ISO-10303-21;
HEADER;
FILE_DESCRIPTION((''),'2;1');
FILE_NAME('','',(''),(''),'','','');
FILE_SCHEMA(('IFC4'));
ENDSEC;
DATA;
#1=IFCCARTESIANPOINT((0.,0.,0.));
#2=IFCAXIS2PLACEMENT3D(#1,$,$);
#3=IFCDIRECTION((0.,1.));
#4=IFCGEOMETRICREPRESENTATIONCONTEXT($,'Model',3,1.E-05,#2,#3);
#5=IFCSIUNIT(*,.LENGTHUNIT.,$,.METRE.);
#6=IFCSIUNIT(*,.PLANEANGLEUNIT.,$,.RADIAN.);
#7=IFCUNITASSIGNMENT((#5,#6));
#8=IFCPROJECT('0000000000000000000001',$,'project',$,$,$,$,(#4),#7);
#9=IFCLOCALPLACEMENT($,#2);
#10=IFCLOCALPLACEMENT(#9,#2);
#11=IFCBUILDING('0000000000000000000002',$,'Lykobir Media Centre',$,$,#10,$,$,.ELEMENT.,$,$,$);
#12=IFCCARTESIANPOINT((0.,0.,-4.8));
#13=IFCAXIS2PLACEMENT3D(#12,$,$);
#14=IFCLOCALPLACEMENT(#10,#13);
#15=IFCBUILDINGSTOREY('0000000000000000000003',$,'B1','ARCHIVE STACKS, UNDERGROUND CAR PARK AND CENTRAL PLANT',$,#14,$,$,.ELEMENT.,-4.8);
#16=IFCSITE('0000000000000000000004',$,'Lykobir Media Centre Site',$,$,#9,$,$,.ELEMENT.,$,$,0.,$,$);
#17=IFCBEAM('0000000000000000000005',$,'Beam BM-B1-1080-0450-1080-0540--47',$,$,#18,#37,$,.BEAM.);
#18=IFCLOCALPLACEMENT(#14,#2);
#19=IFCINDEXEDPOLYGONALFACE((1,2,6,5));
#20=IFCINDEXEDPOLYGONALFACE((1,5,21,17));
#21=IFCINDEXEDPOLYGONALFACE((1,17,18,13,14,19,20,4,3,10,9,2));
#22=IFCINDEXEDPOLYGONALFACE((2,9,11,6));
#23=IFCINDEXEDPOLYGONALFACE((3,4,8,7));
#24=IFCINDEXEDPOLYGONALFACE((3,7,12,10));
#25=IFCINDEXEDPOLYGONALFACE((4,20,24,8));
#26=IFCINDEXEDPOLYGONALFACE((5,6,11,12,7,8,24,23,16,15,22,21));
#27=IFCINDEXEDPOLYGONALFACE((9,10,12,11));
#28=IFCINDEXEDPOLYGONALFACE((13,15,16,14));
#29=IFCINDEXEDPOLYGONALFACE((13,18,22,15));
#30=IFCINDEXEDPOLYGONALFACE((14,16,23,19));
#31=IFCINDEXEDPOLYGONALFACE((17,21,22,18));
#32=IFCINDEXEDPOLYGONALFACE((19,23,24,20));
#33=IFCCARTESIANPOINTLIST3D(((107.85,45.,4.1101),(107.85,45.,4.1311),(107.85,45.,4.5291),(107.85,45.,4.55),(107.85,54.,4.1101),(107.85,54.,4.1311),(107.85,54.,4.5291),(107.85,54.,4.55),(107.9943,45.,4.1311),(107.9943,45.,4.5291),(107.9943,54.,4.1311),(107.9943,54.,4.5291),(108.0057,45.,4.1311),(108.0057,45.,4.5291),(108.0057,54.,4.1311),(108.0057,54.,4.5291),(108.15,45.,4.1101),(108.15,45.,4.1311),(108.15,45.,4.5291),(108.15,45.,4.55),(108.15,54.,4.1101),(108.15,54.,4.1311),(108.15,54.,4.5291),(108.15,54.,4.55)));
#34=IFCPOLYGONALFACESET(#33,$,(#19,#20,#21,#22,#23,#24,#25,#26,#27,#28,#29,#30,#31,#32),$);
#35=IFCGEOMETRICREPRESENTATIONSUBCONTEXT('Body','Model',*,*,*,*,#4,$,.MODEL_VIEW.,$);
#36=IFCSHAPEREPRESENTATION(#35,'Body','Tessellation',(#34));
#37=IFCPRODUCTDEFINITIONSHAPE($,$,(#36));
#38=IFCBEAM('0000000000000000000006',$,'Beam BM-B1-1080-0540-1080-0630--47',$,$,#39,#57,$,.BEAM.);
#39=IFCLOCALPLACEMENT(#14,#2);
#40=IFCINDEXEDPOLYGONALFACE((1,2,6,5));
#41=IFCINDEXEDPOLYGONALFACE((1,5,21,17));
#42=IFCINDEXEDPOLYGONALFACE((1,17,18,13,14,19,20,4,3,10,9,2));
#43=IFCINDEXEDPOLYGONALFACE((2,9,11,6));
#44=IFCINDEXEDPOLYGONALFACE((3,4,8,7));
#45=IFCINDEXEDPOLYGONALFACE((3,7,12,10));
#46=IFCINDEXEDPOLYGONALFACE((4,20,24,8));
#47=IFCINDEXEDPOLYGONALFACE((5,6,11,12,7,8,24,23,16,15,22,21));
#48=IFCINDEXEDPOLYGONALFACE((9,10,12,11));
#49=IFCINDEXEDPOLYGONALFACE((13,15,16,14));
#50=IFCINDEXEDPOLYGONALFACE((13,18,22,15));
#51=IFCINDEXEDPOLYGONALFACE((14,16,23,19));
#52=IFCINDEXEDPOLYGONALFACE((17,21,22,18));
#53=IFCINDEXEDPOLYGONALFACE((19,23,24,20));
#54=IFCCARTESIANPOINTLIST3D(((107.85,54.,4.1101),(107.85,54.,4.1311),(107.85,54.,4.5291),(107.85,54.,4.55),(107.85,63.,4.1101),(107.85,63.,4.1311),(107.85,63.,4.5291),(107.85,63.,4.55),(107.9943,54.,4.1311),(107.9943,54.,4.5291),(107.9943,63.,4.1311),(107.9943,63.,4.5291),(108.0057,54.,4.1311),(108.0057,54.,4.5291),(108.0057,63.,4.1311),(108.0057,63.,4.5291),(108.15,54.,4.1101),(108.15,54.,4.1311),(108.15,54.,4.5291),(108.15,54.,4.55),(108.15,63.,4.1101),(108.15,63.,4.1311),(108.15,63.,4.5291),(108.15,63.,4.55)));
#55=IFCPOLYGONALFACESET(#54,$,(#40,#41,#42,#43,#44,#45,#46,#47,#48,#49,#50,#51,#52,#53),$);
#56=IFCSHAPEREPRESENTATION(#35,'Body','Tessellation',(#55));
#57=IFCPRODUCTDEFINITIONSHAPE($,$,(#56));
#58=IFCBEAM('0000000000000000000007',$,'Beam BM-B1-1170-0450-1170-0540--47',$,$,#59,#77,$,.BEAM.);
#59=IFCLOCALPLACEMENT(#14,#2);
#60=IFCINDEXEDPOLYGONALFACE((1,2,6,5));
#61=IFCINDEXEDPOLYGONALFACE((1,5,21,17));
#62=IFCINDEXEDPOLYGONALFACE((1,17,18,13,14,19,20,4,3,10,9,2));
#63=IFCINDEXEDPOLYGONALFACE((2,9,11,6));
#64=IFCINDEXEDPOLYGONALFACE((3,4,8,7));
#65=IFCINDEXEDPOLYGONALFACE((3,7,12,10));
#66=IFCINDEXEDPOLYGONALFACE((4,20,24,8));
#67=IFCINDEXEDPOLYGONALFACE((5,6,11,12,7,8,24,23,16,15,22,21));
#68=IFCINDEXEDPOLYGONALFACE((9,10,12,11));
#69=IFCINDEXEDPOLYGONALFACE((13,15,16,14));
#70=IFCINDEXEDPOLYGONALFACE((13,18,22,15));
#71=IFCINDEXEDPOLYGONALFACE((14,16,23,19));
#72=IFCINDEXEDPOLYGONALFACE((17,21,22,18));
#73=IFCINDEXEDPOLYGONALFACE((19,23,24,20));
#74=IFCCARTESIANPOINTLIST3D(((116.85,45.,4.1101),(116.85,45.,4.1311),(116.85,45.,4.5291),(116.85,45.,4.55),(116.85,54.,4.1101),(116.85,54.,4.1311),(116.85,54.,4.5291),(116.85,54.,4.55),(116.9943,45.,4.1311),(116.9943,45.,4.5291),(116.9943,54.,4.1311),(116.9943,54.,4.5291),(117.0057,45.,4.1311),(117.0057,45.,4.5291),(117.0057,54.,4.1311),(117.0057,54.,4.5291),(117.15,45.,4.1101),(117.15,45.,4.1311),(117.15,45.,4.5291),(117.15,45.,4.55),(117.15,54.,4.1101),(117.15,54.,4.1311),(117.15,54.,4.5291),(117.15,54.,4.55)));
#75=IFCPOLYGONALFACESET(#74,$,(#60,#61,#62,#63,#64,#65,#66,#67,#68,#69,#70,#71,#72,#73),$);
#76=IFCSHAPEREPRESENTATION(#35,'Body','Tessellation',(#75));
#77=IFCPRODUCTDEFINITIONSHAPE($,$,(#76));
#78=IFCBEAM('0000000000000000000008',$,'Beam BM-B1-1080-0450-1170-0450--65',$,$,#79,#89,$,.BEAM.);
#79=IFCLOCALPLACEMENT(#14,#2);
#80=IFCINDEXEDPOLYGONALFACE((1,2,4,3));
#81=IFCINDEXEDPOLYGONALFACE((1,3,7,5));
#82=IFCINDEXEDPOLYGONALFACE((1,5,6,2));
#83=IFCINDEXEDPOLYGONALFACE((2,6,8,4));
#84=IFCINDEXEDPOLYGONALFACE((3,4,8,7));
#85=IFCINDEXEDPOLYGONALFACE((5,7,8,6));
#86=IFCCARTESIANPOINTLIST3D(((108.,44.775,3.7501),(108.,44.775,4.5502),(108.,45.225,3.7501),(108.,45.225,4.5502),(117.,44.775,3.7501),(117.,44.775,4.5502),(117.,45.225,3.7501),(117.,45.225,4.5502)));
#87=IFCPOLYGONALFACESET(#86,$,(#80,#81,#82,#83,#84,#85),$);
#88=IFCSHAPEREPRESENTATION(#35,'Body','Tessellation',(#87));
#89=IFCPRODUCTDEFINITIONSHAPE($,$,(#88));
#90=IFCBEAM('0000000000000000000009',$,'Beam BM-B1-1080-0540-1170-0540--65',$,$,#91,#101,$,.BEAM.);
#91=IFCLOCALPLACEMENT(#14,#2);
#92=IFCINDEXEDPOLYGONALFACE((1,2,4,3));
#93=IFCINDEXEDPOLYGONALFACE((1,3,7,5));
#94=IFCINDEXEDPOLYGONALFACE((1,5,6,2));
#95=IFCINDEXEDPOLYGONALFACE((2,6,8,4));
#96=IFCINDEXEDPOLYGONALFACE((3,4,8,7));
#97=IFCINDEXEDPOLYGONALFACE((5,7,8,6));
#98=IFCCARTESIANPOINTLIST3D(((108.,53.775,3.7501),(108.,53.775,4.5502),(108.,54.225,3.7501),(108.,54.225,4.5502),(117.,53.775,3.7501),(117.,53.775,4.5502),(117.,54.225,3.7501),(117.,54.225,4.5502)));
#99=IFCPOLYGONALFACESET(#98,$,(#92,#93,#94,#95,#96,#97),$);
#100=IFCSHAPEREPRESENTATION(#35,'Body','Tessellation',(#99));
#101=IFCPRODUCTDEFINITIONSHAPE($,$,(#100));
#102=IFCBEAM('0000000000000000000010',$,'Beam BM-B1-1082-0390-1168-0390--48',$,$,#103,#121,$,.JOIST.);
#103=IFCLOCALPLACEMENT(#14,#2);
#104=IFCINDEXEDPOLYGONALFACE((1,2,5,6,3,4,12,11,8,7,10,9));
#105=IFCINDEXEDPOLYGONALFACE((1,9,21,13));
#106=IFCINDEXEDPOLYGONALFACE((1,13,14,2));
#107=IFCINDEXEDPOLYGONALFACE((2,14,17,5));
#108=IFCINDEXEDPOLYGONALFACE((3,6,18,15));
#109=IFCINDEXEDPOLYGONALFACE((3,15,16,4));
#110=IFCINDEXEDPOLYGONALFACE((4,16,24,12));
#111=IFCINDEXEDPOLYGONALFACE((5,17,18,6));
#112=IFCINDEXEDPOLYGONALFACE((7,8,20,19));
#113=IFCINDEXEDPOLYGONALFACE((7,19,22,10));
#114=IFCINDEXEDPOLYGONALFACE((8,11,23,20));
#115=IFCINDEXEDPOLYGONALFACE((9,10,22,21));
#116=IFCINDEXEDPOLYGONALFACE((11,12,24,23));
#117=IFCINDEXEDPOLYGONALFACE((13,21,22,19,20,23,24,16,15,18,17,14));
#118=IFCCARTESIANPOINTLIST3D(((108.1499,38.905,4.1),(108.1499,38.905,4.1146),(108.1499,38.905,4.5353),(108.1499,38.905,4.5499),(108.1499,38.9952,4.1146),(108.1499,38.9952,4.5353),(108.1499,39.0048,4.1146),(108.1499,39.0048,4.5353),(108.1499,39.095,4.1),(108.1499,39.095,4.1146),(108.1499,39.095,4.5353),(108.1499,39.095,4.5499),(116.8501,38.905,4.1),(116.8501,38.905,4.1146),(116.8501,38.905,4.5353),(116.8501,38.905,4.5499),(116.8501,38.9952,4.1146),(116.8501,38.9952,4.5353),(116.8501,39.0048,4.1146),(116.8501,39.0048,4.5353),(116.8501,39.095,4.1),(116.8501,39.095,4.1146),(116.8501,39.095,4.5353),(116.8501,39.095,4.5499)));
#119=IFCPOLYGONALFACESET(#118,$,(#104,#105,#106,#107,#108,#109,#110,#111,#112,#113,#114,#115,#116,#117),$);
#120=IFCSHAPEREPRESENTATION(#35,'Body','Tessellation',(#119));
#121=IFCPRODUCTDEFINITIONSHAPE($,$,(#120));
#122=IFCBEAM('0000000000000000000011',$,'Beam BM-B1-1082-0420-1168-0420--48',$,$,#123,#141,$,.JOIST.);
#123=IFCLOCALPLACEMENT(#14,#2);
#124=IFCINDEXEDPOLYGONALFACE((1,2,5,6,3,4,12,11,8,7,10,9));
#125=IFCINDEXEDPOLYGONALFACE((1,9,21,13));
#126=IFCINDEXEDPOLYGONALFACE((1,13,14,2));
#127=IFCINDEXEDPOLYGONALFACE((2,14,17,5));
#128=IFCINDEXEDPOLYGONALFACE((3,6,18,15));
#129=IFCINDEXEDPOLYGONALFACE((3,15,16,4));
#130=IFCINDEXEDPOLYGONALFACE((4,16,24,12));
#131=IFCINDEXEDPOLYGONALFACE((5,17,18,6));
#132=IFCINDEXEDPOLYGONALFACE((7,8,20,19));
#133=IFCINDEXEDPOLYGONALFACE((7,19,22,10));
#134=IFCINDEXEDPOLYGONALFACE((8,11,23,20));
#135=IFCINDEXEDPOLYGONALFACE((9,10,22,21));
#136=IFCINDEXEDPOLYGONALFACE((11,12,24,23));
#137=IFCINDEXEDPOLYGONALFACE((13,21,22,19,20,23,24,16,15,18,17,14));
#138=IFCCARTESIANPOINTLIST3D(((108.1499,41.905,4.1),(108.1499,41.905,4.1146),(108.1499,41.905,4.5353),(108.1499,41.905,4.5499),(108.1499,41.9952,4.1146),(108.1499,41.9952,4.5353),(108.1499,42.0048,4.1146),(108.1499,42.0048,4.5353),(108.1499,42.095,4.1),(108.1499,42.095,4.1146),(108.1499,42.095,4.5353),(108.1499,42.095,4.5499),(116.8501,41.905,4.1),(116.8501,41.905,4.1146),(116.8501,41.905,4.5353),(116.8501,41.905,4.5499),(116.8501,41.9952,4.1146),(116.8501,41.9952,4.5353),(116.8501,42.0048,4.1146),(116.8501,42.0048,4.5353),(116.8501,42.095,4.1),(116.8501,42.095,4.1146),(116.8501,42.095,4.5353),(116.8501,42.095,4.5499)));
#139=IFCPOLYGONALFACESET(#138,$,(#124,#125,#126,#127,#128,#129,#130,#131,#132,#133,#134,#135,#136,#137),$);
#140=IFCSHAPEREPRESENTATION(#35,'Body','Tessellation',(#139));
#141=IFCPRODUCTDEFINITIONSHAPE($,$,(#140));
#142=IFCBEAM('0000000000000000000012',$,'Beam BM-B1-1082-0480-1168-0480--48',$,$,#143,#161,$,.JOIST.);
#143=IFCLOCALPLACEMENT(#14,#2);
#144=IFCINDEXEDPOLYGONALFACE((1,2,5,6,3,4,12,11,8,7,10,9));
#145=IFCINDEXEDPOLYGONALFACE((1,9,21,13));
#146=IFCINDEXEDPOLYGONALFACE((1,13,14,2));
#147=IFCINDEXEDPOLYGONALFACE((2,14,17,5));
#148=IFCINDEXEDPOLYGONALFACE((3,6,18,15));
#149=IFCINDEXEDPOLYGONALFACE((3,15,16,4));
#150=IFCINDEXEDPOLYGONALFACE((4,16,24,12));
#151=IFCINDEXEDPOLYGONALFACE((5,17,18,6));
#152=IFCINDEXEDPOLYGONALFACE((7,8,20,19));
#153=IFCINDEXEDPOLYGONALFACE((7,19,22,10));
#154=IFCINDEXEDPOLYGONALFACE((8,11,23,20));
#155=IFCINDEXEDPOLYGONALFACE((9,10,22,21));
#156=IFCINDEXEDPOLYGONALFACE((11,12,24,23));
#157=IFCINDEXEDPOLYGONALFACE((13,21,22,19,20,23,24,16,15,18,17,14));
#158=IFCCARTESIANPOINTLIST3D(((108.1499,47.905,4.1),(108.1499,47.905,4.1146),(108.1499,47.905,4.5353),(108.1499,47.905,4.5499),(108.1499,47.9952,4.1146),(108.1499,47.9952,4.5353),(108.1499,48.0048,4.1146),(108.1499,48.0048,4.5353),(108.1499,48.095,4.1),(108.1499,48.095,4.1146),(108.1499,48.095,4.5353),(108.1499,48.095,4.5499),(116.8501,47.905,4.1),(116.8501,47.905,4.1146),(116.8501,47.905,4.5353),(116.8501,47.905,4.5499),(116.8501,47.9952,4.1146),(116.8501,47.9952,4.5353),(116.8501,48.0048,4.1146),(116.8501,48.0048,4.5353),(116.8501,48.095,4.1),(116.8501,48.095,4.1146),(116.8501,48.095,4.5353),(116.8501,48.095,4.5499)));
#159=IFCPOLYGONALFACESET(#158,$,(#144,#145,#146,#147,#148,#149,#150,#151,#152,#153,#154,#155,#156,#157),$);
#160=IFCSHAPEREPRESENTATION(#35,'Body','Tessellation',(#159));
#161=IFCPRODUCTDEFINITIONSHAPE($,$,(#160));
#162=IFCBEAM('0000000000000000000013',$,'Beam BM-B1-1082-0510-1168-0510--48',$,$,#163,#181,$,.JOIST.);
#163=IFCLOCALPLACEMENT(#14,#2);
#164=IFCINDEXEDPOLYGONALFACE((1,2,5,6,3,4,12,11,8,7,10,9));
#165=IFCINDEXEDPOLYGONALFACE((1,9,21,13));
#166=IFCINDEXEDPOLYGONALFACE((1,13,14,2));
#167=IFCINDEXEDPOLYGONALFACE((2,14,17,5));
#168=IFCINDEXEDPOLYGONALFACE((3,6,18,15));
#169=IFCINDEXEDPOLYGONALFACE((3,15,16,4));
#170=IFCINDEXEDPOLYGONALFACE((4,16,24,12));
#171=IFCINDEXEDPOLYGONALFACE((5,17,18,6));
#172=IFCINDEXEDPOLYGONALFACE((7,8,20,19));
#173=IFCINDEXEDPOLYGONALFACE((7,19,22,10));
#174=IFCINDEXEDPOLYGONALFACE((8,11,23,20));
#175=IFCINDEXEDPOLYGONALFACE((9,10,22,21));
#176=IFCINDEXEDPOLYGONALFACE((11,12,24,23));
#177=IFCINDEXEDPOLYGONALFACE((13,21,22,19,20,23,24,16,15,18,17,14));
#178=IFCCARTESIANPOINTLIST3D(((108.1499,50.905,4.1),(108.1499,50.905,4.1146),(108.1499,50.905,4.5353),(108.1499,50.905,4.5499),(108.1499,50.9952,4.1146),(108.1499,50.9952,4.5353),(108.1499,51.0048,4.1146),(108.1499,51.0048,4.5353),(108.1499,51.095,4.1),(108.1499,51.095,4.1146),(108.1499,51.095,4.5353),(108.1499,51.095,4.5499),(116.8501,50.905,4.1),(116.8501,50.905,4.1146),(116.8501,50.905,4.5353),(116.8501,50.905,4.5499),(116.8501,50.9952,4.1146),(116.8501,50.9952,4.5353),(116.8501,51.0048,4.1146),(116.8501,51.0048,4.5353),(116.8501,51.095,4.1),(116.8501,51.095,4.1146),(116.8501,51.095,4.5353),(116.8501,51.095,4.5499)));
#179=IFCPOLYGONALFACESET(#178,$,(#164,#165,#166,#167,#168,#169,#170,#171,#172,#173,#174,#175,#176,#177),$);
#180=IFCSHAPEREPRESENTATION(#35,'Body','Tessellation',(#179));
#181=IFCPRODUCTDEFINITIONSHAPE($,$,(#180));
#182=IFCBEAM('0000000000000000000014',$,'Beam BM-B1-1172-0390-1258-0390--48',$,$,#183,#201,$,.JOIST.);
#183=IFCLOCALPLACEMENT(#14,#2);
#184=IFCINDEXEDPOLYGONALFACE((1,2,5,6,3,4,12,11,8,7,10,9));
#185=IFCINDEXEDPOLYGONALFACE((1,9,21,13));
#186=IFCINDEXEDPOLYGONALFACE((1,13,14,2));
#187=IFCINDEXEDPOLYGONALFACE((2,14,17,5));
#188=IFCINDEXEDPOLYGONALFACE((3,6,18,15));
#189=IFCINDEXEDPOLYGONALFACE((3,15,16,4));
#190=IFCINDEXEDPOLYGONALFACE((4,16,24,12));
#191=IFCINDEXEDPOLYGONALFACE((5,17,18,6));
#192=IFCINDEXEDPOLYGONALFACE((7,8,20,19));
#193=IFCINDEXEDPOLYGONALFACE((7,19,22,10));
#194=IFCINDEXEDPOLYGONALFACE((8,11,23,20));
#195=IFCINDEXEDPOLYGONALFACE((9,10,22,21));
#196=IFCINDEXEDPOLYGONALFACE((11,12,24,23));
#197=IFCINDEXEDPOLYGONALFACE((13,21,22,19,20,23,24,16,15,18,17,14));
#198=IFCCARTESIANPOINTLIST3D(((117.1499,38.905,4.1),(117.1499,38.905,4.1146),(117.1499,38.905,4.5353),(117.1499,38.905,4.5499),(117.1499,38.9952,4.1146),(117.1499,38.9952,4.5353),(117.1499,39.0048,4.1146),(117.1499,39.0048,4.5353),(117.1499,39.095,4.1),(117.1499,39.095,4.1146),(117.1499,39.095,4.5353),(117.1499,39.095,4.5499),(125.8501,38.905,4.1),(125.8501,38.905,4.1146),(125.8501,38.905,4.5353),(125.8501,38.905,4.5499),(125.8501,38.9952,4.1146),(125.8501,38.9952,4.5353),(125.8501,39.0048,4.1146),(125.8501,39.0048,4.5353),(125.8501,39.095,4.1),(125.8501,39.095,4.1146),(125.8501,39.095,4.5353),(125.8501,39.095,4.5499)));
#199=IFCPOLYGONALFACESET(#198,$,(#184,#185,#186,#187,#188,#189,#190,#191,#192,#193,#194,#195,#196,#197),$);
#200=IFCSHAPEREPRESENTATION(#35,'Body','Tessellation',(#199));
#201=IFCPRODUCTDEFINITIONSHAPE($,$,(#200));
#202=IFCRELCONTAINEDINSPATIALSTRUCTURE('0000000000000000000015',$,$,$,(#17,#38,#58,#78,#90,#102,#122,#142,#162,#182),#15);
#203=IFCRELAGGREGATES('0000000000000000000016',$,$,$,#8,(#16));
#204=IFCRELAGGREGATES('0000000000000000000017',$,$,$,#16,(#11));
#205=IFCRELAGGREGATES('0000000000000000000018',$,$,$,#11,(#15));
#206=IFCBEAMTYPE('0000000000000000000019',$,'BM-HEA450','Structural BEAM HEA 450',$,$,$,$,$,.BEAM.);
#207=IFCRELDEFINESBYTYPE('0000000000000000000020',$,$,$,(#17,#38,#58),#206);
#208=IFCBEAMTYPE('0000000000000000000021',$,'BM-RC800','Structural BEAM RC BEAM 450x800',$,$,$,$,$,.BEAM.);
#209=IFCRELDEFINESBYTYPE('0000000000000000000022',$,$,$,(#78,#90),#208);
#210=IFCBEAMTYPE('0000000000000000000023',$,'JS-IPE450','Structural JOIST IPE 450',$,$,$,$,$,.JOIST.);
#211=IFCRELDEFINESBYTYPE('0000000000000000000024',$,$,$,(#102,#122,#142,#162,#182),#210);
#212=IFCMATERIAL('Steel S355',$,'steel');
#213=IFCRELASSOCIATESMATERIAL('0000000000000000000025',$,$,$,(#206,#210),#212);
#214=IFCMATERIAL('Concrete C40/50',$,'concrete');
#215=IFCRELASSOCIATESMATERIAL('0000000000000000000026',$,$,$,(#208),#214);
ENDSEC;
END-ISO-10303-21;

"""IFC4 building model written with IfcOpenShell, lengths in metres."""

from ifc_helpers import new_model, si_unit, direction, frame, origin, origin_2d, place, context, subcontext, project, spatial, rectangle, i_section, extrude, material, material_profile, profile_set, type_object, element, save


model = new_model("IFC4")

# Units and contexts
model_context = context("Model", 3, precision=1e-05, world=origin(), true_north=direction((0.0, 1.0)))
body_context = subcontext(model_context, "Body", "Model", "MODEL_VIEW")
ifc_project = project(units=[si_unit("LENGTHUNIT", "METRE"), si_unit("PLANEANGLEUNIT", "RADIAN")], contexts=[model_context])

# Site, building, storey
site_placement = place(None, origin())
site = spatial("IfcSite", under=ifc_project, at=site_placement, Name="Lykobir Media Centre Site", CompositionType="ELEMENT", RefElevation=0.0)
building_placement = place(site_placement, origin())
building = spatial("IfcBuilding", under=site, at=building_placement, Name="Lykobir Media Centre", CompositionType="ELEMENT")
storey_placement = place(building_placement, frame((0.0, 0.0, -4.8)))
storey = spatial("IfcBuildingStorey", under=building, at=storey_placement, Name="B1", Description="ARCHIVE STACKS, UNDERGROUND CAR PARK AND CENTRAL PLANT", CompositionType="ELEMENT", Elevation=-4.8)

# Shared definitions
ifc_material_1 = material(Name="Concrete C40/50", Category="concrete")

# Beams
ifc_material_2 = material(Name="Steel S355", Category="steel")
ifc_material_profile_1 = material_profile(ifc_material_2, i_section(OverallWidth=0.3, OverallDepth=0.4399, WebThickness=0.0115, FlangeThickness=0.021, at=origin_2d()), Name="HEA 450")
ifc_profile_set_1 = profile_set([ifc_material_profile_1], Name="Steel S355")
beam_type_1 = type_object("IfcBeamType", Name="BM-HEA450", Description="Structural BEAM HEA 450", PredefinedType="BEAM", material=ifc_profile_set_1)
for number, where, z_axis, x_axis, name in (
    (1, (108.0, 45.0, 4.3301), (0.0, 1.0, 0.0), (-1.0, 0.0, 0.0), "Beam BM-B1-1080-0450-1080-0540--47"),
    (2, (108.0, 54.0, 4.3301), (0.0, 1.0, 0.0), (-1.0, 0.0, 0.0), "Beam BM-B1-1080-0540-1080-0630--47"),
    (3, (117.0, 45.0, 4.3301), (0.0, 1.0, 0.0), (-1.0, 0.0, 0.0), "Beam BM-B1-1170-0450-1170-0540--47"),
):
    element("IfcBeam", number, at=place(storey_placement, frame(where, z_axis=z_axis, x_axis=x_axis)), inside=storey, type_object=beam_type_1, Name=name, PredefinedType="BEAM", context=body_context, shape_type="SweptSolid", body=[
        extrude(i_section(OverallWidth=0.3, OverallDepth=0.4399, WebThickness=0.0115, FlangeThickness=0.021, at=origin_2d()), origin(), (0.0, 0.0, 1.0), 9.0),
    ])
ifc_material_profile_2 = material_profile(ifc_material_1, rectangle(XDim=0.45, YDim=0.8, at=origin_2d()), Name="RC BEAM 450x800")
ifc_profile_set_2 = profile_set([ifc_material_profile_2], Name="Concrete C40/50")
beam_type_2 = type_object("IfcBeamType", Name="BM-RC800", Description="Structural BEAM RC BEAM 450x800", PredefinedType="BEAM", material=ifc_profile_set_2)
for number, where, z_axis, x_axis, name in (
    (4, (108.0, 45.0, 4.1501), (1.0, 0.0, 0.0), (0.0, 1.0, 0.0), "Beam BM-B1-1080-0450-1170-0450--65"),
    (5, (108.0, 54.0, 4.1501), (1.0, 0.0, 0.0), (0.0, 1.0, 0.0), "Beam BM-B1-1080-0540-1170-0540--65"),
):
    element("IfcBeam", number, at=place(storey_placement, frame(where, z_axis=z_axis, x_axis=x_axis)), inside=storey, type_object=beam_type_2, Name=name, PredefinedType="BEAM", context=body_context, shape_type="SweptSolid", body=[
        extrude(rectangle(XDim=0.45, YDim=0.8, at=origin_2d()), origin(), (0.0, 0.0, 1.0), 9.0),
    ])
ifc_material_profile_3 = material_profile(ifc_material_2, i_section(OverallWidth=0.1899, OverallDepth=0.45, WebThickness=0.0095, FlangeThickness=0.0146, at=origin_2d()), Name="IPE 450")
ifc_profile_set_3 = profile_set([ifc_material_profile_3], Name="Steel S355")
beam_type_3 = type_object("IfcBeamType", Name="JS-IPE450", Description="Structural JOIST IPE 450", PredefinedType="JOIST", material=ifc_profile_set_3)
for number, where, z_axis, x_axis, name in (
    (6, (108.1499, 39.0, 4.325), (1.0, 0.0, 0.0), (0.0, 1.0, 0.0), "Beam BM-B1-1082-0390-1168-0390--48"),
    (7, (108.1499, 42.0, 4.325), (1.0, 0.0, 0.0), (0.0, 1.0, 0.0), "Beam BM-B1-1082-0420-1168-0420--48"),
    (8, (108.1499, 48.0, 4.325), (1.0, 0.0, 0.0), (0.0, 1.0, 0.0), "Beam BM-B1-1082-0480-1168-0480--48"),
    (9, (108.1499, 51.0, 4.325), (1.0, 0.0, 0.0), (0.0, 1.0, 0.0), "Beam BM-B1-1082-0510-1168-0510--48"),
    (10, (117.1499, 39.0, 4.325), (1.0, 0.0, 0.0), (0.0, 1.0, 0.0), "Beam BM-B1-1172-0390-1258-0390--48"),
):
    element("IfcBeam", number, at=place(storey_placement, frame(where, z_axis=z_axis, x_axis=x_axis)), inside=storey, type_object=beam_type_3, Name=name, PredefinedType="JOIST", context=body_context, shape_type="SweptSolid", body=[
        extrude(i_section(OverallWidth=0.1899, OverallDepth=0.45, WebThickness=0.0095, FlangeThickness=0.0146, at=origin_2d()), origin(), (0.0, 0.0, 1.0), 8.7002),
    ])

save(model, "model.ifc")
